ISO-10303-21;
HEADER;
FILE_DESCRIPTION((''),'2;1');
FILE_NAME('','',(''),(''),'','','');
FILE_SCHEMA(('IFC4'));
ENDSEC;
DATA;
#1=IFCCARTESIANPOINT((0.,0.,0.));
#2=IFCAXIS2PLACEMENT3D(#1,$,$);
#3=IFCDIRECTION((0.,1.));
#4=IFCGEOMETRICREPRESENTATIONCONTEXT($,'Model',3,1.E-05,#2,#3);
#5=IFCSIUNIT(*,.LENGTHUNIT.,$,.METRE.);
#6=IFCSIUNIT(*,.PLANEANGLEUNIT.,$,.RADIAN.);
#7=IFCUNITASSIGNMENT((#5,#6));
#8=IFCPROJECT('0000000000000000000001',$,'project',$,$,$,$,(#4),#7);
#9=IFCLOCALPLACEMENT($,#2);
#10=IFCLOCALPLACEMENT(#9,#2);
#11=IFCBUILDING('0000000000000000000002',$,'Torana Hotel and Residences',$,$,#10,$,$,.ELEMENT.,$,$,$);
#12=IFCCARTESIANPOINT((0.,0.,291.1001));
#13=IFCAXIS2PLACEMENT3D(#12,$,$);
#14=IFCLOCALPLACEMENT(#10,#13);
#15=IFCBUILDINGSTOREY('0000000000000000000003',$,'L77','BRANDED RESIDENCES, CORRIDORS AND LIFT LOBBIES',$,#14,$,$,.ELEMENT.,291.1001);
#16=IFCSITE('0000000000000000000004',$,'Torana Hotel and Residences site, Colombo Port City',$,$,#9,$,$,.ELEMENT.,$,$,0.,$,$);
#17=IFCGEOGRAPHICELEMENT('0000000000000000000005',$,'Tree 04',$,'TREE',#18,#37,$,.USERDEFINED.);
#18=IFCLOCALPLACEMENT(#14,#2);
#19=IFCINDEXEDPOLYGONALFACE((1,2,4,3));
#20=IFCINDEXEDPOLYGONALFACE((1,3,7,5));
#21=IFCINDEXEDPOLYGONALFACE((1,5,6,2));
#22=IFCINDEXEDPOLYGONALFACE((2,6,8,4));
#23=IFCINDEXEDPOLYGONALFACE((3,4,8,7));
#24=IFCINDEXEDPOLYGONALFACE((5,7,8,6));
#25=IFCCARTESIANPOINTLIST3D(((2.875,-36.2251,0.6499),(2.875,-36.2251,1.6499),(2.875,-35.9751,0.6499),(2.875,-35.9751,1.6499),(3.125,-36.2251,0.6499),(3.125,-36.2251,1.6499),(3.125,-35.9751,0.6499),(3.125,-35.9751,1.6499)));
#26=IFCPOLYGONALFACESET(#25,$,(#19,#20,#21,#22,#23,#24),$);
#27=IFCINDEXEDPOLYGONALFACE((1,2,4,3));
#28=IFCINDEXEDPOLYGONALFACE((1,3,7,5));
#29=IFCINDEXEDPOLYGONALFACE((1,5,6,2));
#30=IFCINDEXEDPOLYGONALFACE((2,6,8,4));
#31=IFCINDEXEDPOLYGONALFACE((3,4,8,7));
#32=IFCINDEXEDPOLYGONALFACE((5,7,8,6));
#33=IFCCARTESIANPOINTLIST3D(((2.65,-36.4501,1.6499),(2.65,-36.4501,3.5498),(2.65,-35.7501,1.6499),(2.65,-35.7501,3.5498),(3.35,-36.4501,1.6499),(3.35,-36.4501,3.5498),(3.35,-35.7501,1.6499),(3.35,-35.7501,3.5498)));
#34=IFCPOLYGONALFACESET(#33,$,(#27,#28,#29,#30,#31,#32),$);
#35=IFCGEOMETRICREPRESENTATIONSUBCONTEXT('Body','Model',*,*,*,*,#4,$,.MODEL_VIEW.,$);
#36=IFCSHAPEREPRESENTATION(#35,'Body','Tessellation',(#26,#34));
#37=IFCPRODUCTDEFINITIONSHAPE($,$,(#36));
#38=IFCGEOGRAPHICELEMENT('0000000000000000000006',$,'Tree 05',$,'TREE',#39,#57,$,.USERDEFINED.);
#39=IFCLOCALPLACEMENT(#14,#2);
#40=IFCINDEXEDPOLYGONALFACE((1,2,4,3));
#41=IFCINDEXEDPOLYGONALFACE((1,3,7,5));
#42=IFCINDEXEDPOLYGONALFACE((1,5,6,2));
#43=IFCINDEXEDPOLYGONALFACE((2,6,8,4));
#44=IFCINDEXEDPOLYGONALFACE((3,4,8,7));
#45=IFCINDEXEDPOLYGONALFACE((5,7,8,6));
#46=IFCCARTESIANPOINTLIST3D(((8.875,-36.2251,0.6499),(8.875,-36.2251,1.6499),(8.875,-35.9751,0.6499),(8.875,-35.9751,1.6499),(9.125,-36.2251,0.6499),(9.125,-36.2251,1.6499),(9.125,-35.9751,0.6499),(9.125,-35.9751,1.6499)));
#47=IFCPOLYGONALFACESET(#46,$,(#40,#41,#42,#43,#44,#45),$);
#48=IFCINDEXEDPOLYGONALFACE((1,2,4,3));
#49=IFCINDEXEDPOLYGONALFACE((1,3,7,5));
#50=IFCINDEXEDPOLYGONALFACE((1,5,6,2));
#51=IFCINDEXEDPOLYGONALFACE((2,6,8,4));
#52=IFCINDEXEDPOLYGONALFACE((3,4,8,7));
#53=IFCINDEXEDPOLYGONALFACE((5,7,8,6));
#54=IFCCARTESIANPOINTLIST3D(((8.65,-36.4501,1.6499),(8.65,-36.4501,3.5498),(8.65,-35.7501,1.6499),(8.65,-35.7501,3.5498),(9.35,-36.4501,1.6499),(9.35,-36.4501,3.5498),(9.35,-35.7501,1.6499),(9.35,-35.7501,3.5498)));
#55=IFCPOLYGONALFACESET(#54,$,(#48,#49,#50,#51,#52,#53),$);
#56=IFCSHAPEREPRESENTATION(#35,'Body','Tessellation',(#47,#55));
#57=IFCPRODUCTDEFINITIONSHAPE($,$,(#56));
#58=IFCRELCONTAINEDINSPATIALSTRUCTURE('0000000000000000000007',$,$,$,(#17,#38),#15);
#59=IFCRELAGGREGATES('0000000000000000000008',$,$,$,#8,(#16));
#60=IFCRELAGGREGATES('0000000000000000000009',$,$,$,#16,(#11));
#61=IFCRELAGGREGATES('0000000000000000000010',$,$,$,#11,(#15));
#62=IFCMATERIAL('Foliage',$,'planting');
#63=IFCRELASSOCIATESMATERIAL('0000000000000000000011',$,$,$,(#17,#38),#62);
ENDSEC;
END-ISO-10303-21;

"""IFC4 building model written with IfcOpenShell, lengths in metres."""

from ifc_helpers import new_model, si_unit, direction, frame, origin, origin_2d, place, context, subcontext, project, spatial, rectangle, extrude, material, element, save


model = new_model("IFC4")

# Units and contexts
model_context = context("Model", 3, precision=1e-05, world=origin(), true_north=direction((0.0, 1.0)))
body_context = subcontext(model_context, "Body", "Model", "MODEL_VIEW")
ifc_project = project(units=[si_unit("LENGTHUNIT", "METRE"), si_unit("PLANEANGLEUNIT", "RADIAN")], contexts=[model_context])

# Site, building, storey
site_placement = place(None, origin())
site = spatial("IfcSite", under=ifc_project, at=site_placement, Name="Torana Hotel and Residences site, Colombo Port City", CompositionType="ELEMENT", RefElevation=0.0)
building_placement = place(site_placement, origin())
building = spatial("IfcBuilding", under=site, at=building_placement, Name="Torana Hotel and Residences", CompositionType="ELEMENT")
storey_placement = place(building_placement, frame((0.0, 0.0, 291.1001)))
storey = spatial("IfcBuildingStorey", under=building, at=storey_placement, Name="L77", Description="BRANDED RESIDENCES, CORRIDORS AND LIFT LOBBIES", CompositionType="ELEMENT", Elevation=291.1001)

# Geographic elements
ifc_material_1 = material(Name="Foliage", Category="planting")
for number, where, z_axis, x_axis, name in (
    (1, (3.0, -36.1001, 0.6499), (0.0, 0.0, 1.0), (1.0, 0.0, 0.0), "Tree 04"),
    (2, (9.0, -36.1001, 0.6499), (0.0, 0.0, 1.0), (1.0, 0.0, 0.0), "Tree 05"),
):
    element("IfcGeographicElement", number, at=place(storey_placement, frame(where, z_axis=z_axis, x_axis=x_axis)), inside=storey, material=ifc_material_1, Name=name, ObjectType="TREE", PredefinedType="USERDEFINED", context=body_context, shape_type="SweptSolid", body=[
        extrude(rectangle(XDim=0.25, YDim=0.25, at=origin_2d()), origin(), (0.0, 0.0, 1.0), 1.0),
        extrude(rectangle(XDim=0.7, YDim=0.7, at=origin_2d()), frame((0.0, 0.0, 1.0)), (0.0, 0.0, 1.0), 1.8999),
    ])

save(model, "model.ifc")
